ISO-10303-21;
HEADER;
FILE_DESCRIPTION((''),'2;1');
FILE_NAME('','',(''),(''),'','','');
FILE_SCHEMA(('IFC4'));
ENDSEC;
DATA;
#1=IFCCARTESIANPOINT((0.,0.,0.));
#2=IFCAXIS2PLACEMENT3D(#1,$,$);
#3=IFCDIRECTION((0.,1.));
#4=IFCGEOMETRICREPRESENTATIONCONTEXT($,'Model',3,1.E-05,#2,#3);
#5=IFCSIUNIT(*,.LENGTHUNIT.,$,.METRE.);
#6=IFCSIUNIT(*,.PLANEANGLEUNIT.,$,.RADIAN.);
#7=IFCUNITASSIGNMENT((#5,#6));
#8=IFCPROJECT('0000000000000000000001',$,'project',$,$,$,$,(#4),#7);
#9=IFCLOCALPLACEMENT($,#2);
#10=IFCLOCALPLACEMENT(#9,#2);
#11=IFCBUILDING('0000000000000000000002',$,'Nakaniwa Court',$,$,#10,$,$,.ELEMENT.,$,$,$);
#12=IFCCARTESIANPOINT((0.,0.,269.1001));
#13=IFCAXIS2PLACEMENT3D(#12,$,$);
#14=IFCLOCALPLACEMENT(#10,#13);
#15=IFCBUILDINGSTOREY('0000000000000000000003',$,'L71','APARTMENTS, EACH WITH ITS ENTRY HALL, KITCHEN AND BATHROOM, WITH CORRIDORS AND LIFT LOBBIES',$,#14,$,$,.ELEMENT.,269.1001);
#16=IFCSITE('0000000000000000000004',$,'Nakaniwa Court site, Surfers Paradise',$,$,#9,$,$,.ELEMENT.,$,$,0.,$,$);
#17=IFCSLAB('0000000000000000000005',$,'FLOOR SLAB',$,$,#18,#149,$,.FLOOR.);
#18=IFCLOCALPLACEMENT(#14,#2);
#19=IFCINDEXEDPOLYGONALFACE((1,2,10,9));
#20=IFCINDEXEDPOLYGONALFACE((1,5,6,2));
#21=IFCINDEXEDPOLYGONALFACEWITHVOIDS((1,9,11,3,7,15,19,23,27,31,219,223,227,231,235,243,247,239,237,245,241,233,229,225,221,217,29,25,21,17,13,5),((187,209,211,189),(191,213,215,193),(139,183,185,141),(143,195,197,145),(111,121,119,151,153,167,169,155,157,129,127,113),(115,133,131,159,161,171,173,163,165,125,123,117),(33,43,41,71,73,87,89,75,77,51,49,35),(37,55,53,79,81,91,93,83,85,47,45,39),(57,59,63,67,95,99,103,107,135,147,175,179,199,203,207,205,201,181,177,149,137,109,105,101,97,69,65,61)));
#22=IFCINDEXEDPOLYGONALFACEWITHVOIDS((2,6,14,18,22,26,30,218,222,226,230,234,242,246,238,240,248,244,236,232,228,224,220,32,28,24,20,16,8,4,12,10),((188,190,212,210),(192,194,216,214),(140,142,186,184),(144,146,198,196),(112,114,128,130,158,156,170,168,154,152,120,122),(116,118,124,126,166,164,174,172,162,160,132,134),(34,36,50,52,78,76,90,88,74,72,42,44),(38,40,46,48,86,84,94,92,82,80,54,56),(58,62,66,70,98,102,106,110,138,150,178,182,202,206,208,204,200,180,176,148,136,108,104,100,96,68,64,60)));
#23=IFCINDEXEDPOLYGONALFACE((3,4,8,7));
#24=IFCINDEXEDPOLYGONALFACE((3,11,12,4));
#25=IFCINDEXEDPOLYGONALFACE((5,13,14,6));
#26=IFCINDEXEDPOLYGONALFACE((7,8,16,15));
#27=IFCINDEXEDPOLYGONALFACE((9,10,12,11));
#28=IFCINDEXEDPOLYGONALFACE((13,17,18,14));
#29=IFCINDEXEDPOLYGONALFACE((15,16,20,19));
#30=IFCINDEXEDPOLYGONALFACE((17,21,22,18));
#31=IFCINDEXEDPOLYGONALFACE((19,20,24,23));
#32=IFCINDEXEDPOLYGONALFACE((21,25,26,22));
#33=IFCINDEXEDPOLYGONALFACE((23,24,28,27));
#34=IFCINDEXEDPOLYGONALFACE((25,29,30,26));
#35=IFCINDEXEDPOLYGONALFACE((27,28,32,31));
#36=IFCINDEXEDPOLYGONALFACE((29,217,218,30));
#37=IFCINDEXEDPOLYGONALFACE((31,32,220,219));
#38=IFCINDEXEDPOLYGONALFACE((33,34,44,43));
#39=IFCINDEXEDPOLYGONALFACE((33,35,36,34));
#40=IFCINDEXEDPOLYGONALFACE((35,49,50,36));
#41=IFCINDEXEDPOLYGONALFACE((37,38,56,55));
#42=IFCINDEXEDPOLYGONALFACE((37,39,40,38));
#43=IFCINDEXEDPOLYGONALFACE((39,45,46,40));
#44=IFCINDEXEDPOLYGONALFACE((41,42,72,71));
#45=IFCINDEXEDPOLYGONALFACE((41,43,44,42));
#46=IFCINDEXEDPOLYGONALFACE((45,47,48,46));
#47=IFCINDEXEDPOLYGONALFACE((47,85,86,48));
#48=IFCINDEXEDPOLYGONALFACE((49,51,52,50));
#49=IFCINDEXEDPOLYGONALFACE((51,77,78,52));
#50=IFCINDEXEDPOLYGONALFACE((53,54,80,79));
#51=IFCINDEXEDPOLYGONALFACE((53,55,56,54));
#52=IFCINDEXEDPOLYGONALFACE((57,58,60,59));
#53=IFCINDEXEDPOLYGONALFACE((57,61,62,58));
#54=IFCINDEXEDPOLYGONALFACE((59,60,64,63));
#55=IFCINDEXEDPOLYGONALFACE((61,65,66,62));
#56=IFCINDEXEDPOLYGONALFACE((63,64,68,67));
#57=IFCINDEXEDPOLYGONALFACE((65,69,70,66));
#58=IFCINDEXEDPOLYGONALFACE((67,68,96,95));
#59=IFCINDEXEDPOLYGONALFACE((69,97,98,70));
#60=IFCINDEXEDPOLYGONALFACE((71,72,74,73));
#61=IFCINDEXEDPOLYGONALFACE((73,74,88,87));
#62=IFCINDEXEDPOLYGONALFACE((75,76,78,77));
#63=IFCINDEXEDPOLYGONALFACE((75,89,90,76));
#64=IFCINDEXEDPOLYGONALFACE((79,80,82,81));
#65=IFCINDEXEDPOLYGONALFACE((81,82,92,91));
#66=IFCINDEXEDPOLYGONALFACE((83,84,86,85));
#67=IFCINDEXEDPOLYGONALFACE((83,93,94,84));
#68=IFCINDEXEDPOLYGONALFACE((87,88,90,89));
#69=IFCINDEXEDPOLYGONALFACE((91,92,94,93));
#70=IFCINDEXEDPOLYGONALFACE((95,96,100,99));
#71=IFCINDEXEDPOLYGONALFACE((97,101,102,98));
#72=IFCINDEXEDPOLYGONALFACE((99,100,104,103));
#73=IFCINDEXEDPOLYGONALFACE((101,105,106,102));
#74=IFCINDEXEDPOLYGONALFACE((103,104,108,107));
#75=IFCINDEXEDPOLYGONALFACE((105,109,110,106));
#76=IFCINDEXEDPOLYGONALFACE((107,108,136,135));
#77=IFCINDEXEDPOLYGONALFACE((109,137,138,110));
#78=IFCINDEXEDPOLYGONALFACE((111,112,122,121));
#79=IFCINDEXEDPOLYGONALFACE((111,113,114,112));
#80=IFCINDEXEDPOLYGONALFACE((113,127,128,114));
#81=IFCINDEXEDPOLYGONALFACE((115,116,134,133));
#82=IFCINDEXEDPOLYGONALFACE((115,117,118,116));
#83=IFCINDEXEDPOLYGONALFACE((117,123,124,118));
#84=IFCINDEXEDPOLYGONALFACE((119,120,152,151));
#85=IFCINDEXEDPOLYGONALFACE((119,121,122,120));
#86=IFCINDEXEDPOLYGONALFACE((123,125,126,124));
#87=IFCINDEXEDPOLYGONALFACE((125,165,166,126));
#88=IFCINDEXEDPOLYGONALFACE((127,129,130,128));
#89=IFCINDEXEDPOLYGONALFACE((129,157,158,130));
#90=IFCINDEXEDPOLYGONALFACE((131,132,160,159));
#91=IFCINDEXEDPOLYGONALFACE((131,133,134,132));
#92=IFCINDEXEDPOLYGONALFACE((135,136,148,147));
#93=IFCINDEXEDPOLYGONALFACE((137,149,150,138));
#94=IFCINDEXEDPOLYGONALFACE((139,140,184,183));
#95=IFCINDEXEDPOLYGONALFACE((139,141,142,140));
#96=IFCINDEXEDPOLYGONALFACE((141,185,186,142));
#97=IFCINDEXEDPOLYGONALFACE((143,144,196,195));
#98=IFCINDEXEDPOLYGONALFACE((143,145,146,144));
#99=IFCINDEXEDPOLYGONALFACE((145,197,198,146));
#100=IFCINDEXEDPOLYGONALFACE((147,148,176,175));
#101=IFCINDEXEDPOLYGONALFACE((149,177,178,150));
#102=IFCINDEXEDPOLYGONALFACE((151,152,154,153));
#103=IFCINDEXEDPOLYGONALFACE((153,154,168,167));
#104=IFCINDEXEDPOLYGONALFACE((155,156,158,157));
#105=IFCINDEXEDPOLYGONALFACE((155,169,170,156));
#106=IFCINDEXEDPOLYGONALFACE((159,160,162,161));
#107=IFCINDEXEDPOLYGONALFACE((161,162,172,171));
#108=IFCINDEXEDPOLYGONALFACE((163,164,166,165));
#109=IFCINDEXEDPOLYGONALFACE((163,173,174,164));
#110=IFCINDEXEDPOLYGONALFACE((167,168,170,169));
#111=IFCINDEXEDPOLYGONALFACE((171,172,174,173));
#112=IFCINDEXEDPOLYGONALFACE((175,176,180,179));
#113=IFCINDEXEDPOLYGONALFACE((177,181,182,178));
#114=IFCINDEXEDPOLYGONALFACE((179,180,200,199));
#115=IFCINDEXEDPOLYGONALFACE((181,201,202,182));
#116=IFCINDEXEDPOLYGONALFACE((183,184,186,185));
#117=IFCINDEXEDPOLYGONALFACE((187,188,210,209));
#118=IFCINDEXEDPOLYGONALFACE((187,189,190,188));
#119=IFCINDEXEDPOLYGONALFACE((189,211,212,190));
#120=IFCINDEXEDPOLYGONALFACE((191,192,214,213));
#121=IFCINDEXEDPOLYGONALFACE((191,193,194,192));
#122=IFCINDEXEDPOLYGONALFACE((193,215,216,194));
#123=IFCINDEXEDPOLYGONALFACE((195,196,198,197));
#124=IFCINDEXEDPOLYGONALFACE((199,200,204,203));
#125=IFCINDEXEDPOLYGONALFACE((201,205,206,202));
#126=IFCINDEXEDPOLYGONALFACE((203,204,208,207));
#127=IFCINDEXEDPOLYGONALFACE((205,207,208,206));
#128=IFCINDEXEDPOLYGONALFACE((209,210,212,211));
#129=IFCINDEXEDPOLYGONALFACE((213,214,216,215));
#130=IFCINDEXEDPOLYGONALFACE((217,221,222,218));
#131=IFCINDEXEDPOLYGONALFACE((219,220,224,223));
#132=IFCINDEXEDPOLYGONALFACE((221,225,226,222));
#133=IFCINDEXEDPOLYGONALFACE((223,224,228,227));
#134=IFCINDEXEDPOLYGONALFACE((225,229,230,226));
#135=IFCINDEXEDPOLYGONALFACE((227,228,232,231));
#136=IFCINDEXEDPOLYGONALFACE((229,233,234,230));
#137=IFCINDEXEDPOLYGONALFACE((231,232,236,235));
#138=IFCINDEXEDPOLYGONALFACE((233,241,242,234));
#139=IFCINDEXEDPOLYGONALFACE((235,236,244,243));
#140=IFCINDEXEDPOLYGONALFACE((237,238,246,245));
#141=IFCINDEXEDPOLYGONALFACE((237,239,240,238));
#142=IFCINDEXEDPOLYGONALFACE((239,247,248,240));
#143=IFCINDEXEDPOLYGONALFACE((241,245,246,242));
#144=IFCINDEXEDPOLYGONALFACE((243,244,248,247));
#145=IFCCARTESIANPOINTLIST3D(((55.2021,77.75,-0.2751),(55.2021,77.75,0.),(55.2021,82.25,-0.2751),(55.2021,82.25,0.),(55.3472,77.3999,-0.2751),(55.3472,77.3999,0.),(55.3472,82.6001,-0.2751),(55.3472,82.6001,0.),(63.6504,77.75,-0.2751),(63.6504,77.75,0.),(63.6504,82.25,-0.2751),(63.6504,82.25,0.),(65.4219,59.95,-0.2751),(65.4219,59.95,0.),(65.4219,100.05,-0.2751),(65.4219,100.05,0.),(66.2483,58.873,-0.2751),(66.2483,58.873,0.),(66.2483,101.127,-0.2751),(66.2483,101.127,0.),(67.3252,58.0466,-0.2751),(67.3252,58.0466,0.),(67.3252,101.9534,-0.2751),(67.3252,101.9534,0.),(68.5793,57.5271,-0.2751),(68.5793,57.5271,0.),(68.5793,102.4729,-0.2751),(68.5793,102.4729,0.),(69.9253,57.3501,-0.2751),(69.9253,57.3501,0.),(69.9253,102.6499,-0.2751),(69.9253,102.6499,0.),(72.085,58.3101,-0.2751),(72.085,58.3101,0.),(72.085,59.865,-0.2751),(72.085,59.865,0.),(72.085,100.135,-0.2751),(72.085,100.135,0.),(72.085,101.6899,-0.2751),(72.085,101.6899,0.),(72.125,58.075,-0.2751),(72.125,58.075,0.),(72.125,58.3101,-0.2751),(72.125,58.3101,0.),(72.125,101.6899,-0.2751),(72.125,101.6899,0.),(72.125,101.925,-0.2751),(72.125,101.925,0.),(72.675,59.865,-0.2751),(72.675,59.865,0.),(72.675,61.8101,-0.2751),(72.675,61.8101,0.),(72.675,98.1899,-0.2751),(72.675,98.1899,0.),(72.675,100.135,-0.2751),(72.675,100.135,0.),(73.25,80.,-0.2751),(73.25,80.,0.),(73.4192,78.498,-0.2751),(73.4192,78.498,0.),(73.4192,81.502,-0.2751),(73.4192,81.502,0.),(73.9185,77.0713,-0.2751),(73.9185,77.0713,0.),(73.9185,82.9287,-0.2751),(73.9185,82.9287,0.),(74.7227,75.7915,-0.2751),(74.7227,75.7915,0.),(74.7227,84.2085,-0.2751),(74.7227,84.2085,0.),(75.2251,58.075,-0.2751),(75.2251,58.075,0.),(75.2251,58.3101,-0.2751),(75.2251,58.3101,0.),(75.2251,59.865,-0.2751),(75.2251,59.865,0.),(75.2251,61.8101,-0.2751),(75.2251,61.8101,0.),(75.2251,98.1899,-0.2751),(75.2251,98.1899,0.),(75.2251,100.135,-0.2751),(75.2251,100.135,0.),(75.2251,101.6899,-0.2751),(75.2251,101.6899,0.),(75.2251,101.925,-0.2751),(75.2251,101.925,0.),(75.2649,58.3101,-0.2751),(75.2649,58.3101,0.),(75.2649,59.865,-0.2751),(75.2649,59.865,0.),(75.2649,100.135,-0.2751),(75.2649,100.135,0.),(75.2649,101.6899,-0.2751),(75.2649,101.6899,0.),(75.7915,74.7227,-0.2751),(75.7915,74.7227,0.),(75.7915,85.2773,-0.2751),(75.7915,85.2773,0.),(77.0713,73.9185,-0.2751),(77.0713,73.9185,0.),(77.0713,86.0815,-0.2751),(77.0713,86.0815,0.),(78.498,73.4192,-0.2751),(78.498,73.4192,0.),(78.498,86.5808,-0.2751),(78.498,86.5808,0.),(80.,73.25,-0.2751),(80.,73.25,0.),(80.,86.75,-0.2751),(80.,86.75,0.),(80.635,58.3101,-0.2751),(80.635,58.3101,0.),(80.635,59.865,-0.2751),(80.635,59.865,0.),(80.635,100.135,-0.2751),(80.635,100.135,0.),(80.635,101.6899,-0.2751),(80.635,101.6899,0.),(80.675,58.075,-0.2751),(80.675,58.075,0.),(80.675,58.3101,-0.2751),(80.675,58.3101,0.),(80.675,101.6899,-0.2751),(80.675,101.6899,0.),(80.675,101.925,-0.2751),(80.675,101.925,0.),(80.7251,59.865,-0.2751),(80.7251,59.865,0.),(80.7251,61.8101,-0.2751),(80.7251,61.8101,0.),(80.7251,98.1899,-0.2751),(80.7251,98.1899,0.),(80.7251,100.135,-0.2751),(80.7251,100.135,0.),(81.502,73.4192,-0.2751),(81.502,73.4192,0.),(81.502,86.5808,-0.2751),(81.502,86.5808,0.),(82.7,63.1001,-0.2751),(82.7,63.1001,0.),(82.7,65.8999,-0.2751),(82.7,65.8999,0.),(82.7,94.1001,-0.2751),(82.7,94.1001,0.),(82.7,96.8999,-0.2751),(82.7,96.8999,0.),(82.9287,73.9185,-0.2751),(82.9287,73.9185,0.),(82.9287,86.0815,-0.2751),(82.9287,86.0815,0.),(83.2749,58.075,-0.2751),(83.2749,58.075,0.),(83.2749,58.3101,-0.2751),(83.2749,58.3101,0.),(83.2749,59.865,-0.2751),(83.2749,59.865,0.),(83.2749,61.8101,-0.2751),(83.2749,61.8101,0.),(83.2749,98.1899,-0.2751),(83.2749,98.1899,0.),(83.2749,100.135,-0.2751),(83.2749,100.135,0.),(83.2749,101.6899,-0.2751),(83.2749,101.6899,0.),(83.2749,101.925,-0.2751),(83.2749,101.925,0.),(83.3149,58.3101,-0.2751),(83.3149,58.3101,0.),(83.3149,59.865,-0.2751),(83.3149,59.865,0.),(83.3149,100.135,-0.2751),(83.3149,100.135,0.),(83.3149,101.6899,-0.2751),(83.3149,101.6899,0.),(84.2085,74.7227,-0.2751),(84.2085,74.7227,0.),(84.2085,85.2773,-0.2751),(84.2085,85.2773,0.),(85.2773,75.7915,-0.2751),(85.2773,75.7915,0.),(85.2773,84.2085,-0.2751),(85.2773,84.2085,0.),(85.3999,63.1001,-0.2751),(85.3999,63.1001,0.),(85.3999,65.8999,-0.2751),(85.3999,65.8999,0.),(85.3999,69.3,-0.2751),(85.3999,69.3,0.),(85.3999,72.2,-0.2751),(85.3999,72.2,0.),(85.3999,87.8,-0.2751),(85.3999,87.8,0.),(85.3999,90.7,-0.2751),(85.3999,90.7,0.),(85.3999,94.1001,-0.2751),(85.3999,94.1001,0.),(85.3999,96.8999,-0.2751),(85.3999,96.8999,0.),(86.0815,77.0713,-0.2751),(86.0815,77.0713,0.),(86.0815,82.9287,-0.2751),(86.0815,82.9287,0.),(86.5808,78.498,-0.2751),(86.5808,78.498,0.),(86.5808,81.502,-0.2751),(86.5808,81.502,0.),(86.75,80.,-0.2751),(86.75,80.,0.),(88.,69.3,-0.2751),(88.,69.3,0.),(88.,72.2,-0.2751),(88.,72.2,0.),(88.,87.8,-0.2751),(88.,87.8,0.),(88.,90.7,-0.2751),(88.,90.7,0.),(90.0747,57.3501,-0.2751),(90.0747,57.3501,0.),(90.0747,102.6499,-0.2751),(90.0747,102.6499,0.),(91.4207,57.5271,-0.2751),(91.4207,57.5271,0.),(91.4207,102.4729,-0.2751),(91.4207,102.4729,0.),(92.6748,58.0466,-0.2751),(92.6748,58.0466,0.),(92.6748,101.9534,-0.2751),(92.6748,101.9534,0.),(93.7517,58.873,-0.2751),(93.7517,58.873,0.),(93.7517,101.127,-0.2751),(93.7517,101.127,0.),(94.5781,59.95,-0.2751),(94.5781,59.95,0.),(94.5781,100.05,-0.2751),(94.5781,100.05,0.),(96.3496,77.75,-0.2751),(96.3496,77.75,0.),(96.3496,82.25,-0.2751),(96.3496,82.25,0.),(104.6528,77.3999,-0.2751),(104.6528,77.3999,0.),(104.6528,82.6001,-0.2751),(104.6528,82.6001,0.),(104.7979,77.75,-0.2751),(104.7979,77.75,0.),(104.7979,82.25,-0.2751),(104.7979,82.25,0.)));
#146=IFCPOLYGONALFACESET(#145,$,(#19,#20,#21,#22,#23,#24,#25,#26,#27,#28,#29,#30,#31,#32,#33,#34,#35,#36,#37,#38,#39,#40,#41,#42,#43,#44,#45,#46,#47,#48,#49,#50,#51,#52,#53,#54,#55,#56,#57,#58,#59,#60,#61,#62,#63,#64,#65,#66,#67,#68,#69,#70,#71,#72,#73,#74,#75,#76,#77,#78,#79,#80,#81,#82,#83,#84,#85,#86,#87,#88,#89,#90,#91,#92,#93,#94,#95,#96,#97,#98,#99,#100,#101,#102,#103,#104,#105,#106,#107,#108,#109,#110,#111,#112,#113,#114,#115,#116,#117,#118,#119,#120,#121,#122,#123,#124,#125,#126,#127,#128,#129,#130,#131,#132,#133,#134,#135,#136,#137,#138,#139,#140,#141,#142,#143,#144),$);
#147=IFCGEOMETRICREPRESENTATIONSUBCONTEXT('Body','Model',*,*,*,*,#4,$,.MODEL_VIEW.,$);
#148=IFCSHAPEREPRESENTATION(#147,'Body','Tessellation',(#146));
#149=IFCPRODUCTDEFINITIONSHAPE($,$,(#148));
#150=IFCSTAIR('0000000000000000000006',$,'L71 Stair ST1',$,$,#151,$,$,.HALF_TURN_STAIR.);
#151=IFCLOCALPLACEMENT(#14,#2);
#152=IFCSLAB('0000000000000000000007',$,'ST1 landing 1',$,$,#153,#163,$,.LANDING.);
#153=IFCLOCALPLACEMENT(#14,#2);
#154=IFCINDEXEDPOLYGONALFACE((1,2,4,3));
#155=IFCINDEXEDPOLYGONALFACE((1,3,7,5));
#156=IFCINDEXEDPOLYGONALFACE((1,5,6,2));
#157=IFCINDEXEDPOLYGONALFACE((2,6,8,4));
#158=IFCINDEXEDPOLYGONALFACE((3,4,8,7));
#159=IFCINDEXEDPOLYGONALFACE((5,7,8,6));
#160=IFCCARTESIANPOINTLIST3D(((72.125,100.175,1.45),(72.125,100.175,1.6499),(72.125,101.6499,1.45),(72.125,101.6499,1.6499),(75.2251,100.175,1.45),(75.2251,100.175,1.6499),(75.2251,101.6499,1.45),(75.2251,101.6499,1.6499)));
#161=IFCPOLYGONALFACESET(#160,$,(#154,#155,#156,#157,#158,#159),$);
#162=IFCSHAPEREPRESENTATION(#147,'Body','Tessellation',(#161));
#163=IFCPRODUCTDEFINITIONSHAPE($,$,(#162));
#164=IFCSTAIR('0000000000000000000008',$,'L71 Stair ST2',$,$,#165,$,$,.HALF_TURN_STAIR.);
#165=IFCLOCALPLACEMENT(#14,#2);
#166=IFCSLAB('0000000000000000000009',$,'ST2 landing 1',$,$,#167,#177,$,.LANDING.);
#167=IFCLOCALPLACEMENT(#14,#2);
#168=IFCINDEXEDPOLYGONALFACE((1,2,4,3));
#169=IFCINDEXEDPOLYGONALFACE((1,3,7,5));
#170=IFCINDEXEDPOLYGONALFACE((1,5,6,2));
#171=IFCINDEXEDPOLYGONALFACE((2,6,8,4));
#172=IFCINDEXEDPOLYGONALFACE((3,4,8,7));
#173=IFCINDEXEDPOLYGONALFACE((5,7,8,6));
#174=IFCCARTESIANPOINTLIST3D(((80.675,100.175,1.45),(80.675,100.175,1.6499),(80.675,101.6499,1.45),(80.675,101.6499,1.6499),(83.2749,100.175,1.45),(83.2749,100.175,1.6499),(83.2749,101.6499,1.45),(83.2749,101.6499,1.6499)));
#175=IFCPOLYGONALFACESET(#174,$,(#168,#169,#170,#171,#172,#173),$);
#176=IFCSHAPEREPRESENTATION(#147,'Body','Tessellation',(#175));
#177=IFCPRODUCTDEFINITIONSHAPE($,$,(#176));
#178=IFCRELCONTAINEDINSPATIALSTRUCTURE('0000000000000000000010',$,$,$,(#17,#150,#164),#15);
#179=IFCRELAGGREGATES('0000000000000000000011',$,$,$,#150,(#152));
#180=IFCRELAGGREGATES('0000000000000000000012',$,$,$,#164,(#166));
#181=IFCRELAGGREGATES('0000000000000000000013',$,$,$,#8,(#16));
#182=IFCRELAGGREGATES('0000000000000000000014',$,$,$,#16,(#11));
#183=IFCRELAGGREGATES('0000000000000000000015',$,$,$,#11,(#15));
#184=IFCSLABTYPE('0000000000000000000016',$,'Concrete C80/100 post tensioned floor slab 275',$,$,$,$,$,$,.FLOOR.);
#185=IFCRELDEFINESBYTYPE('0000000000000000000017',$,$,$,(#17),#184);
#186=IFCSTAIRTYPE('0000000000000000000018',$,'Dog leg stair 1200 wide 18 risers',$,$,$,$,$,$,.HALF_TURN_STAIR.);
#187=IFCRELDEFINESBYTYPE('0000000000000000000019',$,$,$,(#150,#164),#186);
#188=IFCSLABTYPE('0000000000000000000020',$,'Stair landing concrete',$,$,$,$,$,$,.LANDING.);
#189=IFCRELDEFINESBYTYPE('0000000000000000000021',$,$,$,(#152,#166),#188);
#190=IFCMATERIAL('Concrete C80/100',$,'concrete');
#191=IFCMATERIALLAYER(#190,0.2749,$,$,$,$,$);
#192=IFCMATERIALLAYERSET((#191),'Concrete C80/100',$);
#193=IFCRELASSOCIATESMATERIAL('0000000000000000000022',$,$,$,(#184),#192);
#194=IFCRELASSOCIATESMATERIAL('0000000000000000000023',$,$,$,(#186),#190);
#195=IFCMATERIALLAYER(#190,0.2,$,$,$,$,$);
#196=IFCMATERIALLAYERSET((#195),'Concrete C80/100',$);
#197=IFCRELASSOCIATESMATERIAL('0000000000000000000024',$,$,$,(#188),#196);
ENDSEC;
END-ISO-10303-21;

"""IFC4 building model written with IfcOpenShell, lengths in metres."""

from ifc_helpers import new_model, si_unit, direction, frame, origin, place, context, subcontext, project, spatial, polyline, outline, extrude, material, layer, layer_set, type_object, element, aggregate, save


model = new_model("IFC4")

# Units and contexts
model_context = context("Model", 3, precision=1e-05, world=origin(), true_north=direction((0.0, 1.0)))
body_context = subcontext(model_context, "Body", "Model", "MODEL_VIEW")
ifc_project = project(units=[si_unit("LENGTHUNIT", "METRE"), si_unit("PLANEANGLEUNIT", "RADIAN")], contexts=[model_context])

# Site, building, storey
site_placement = place(None, origin())
site = spatial("IfcSite", under=ifc_project, at=site_placement, Name="Nakaniwa Court site, Surfers Paradise", CompositionType="ELEMENT", RefElevation=0.0)
building_placement = place(site_placement, origin())
building = spatial("IfcBuilding", under=site, at=building_placement, Name="Nakaniwa Court", CompositionType="ELEMENT")
storey_placement = place(building_placement, frame((0.0, 0.0, 269.1001)))
storey = spatial("IfcBuildingStorey", under=building, at=storey_placement, Name="L71", Description="APARTMENTS, EACH WITH ITS ENTRY HALL, KITCHEN AND BATHROOM, WITH CORRIDORS AND LIFT LOBBIES", CompositionType="ELEMENT", Elevation=269.1001)

# Shared definitions
ifc_material_1 = material(Name="Concrete C80/100", Category="concrete")

# Slab
ifc_layer_1 = layer(ifc_material_1, 0.2749)
ifc_layer_set_1 = layer_set([ifc_layer_1], Name="Concrete C80/100")
slab_type_1 = type_object("IfcSlabType", Name="Concrete C80/100 post tensioned floor slab 275", PredefinedType="FLOOR", material=ifc_layer_set_1)
slab_1_placement = place(storey_placement, frame((0.0, 0.0, -0.2751)))
element("IfcSlab", 1, at=slab_1_placement, inside=storey, type_object=slab_type_1, Name="FLOOR SLAB", PredefinedType="FLOOR", context=body_context, shape_type="SweptSolid", body=[
    extrude(outline(polyline([(96.3496, 82.25), (104.7979, 82.25), (104.6528, 82.6001), (94.5781, 100.05), (93.7517, 101.127), (92.6748, 101.9534), (91.4207, 102.4729), (90.0747, 102.6499), (69.9253, 102.6499), (68.5793, 102.4729), (67.3252, 101.9534), (66.2483, 101.127), (65.4219, 100.05), (55.3472, 82.6001), (55.2021, 82.25), (63.6504, 82.25), (63.6504, 77.75), (55.2021, 77.75), (55.3472, 77.3999), (65.4219, 59.95), (66.2483, 58.873), (67.3252, 58.0466), (68.5793, 57.5271), (69.9253, 57.3501), (90.0747, 57.3501), (91.4207, 57.5271), (92.6748, 58.0466), (93.7517, 58.873), (94.5781, 59.95), (104.6528, 77.3999), (104.7979, 77.75), (96.3496, 77.75), (96.3496, 82.25)]), holes=[polyline([(81.502, 86.5808), (80.0, 86.75), (78.498, 86.5808), (77.0713, 86.0815), (75.7915, 85.2773), (74.7227, 84.2085), (73.9185, 82.9287), (73.4192, 81.502), (73.25, 80.0), (73.4192, 78.498), (73.9185, 77.0713), (74.7227, 75.7915), (75.7915, 74.7227), (77.0713, 73.9185), (78.498, 73.4192), (80.0, 73.25), (81.502, 73.4192), (82.9287, 73.9185), (84.2085, 74.7227), (85.2773, 75.7915), (86.0815, 77.0713), (86.5808, 78.498), (86.75, 80.0), (86.5808, 81.502), (86.0815, 82.9287), (85.2773, 84.2085), (84.2085, 85.2773), (82.9287, 86.0815), (81.502, 86.5808)]), polyline([(72.675, 61.8101), (72.675, 59.865), (72.085, 59.865), (72.085, 58.3101), (72.125, 58.3101), (72.125, 58.075), (75.2251, 58.075), (75.2251, 58.3101), (75.2649, 58.3101), (75.2649, 59.865), (75.2251, 59.865), (75.2251, 61.8101), (72.675, 61.8101)]), polyline([(83.2749, 61.8101), (80.7251, 61.8101), (80.7251, 59.865), (80.635, 59.865), (80.635, 58.3101), (80.675, 58.3101), (80.675, 58.075), (83.2749, 58.075), (83.2749, 58.3101), (83.3149, 58.3101), (83.3149, 59.865), (83.2749, 59.865), (83.2749, 61.8101)]), polyline([(75.2649, 101.6899), (75.2251, 101.6899), (75.2251, 101.925), (72.125, 101.925), (72.125, 101.6899), (72.085, 101.6899), (72.085, 100.135), (72.675, 100.135), (72.675, 98.1899), (75.2251, 98.1899), (75.2251, 100.135), (75.2649, 100.135), (75.2649, 101.6899)]), polyline([(83.3149, 100.135), (83.3149, 101.6899), (83.2749, 101.6899), (83.2749, 101.925), (80.675, 101.925), (80.675, 101.6899), (80.635, 101.6899), (80.635, 100.135), (80.7251, 100.135), (80.7251, 98.1899), (83.2749, 98.1899), (83.2749, 100.135), (83.3149, 100.135)]), polyline([(85.3999, 65.8999), (82.7, 65.8999), (82.7, 63.1001), (85.3999, 63.1001), (85.3999, 65.8999)]), polyline([(88.0, 72.2), (85.3999, 72.2), (85.3999, 69.3), (88.0, 69.3), (88.0, 72.2)]), polyline([(85.3999, 90.7), (85.3999, 87.8), (88.0, 87.8), (88.0, 90.7), (85.3999, 90.7)]), polyline([(85.3999, 96.8999), (82.7, 96.8999), (82.7, 94.1001), (85.3999, 94.1001), (85.3999, 96.8999)])]), origin(), (0.0, 0.0, 1.0), 0.2751),
])

# Stairs, slabs
stair_type = type_object("IfcStairType", Name="Dog leg stair 1200 wide 18 risers", PredefinedType="HALF_TURN_STAIR", material=ifc_material_1)
stair_1_placement = place(storey_placement, origin())
stair_1 = element("IfcStair", 2, at=stair_1_placement, inside=storey, type_object=stair_type, Name="L71 Stair ST1", PredefinedType="HALF_TURN_STAIR")
ifc_layer_2 = layer(ifc_material_1, 0.2)
ifc_layer_set_2 = layer_set([ifc_layer_2], Name="Concrete C80/100")
slab_type_2 = type_object("IfcSlabType", Name="Stair landing concrete", PredefinedType="LANDING", material=ifc_layer_set_2)
slab_2_placement = place(storey_placement, frame((0.0, 0.0, 1.45)))
slab_2 = element("IfcSlab", 3, at=slab_2_placement, type_object=slab_type_2, Name="ST1 landing 1", PredefinedType="LANDING", context=body_context, shape_type="SweptSolid", body=[
    extrude(outline(polyline([(75.2251, 100.175), (75.2251, 101.6499), (72.125, 101.6499), (72.125, 100.175), (75.2251, 100.175)])), origin(), (0.0, 0.0, 1.0), 0.2),
])
aggregate(stair_1, [slab_2])
stair_2_placement = place(storey_placement, origin())
stair_2 = element("IfcStair", 4, at=stair_2_placement, inside=storey, type_object=stair_type, Name="L71 Stair ST2", PredefinedType="HALF_TURN_STAIR")
slab_3_placement = place(storey_placement, frame((0.0, 0.0, 1.45)))
slab_3 = element("IfcSlab", 5, at=slab_3_placement, type_object=slab_type_2, Name="ST2 landing 1", PredefinedType="LANDING", context=body_context, shape_type="SweptSolid", body=[
    extrude(outline(polyline([(83.2749, 100.175), (83.2749, 101.6499), (80.675, 101.6499), (80.675, 100.175), (83.2749, 100.175)])), origin(), (0.0, 0.0, 1.0), 0.2),
])
aggregate(stair_2, [slab_3])

save(model, "model.ifc")
